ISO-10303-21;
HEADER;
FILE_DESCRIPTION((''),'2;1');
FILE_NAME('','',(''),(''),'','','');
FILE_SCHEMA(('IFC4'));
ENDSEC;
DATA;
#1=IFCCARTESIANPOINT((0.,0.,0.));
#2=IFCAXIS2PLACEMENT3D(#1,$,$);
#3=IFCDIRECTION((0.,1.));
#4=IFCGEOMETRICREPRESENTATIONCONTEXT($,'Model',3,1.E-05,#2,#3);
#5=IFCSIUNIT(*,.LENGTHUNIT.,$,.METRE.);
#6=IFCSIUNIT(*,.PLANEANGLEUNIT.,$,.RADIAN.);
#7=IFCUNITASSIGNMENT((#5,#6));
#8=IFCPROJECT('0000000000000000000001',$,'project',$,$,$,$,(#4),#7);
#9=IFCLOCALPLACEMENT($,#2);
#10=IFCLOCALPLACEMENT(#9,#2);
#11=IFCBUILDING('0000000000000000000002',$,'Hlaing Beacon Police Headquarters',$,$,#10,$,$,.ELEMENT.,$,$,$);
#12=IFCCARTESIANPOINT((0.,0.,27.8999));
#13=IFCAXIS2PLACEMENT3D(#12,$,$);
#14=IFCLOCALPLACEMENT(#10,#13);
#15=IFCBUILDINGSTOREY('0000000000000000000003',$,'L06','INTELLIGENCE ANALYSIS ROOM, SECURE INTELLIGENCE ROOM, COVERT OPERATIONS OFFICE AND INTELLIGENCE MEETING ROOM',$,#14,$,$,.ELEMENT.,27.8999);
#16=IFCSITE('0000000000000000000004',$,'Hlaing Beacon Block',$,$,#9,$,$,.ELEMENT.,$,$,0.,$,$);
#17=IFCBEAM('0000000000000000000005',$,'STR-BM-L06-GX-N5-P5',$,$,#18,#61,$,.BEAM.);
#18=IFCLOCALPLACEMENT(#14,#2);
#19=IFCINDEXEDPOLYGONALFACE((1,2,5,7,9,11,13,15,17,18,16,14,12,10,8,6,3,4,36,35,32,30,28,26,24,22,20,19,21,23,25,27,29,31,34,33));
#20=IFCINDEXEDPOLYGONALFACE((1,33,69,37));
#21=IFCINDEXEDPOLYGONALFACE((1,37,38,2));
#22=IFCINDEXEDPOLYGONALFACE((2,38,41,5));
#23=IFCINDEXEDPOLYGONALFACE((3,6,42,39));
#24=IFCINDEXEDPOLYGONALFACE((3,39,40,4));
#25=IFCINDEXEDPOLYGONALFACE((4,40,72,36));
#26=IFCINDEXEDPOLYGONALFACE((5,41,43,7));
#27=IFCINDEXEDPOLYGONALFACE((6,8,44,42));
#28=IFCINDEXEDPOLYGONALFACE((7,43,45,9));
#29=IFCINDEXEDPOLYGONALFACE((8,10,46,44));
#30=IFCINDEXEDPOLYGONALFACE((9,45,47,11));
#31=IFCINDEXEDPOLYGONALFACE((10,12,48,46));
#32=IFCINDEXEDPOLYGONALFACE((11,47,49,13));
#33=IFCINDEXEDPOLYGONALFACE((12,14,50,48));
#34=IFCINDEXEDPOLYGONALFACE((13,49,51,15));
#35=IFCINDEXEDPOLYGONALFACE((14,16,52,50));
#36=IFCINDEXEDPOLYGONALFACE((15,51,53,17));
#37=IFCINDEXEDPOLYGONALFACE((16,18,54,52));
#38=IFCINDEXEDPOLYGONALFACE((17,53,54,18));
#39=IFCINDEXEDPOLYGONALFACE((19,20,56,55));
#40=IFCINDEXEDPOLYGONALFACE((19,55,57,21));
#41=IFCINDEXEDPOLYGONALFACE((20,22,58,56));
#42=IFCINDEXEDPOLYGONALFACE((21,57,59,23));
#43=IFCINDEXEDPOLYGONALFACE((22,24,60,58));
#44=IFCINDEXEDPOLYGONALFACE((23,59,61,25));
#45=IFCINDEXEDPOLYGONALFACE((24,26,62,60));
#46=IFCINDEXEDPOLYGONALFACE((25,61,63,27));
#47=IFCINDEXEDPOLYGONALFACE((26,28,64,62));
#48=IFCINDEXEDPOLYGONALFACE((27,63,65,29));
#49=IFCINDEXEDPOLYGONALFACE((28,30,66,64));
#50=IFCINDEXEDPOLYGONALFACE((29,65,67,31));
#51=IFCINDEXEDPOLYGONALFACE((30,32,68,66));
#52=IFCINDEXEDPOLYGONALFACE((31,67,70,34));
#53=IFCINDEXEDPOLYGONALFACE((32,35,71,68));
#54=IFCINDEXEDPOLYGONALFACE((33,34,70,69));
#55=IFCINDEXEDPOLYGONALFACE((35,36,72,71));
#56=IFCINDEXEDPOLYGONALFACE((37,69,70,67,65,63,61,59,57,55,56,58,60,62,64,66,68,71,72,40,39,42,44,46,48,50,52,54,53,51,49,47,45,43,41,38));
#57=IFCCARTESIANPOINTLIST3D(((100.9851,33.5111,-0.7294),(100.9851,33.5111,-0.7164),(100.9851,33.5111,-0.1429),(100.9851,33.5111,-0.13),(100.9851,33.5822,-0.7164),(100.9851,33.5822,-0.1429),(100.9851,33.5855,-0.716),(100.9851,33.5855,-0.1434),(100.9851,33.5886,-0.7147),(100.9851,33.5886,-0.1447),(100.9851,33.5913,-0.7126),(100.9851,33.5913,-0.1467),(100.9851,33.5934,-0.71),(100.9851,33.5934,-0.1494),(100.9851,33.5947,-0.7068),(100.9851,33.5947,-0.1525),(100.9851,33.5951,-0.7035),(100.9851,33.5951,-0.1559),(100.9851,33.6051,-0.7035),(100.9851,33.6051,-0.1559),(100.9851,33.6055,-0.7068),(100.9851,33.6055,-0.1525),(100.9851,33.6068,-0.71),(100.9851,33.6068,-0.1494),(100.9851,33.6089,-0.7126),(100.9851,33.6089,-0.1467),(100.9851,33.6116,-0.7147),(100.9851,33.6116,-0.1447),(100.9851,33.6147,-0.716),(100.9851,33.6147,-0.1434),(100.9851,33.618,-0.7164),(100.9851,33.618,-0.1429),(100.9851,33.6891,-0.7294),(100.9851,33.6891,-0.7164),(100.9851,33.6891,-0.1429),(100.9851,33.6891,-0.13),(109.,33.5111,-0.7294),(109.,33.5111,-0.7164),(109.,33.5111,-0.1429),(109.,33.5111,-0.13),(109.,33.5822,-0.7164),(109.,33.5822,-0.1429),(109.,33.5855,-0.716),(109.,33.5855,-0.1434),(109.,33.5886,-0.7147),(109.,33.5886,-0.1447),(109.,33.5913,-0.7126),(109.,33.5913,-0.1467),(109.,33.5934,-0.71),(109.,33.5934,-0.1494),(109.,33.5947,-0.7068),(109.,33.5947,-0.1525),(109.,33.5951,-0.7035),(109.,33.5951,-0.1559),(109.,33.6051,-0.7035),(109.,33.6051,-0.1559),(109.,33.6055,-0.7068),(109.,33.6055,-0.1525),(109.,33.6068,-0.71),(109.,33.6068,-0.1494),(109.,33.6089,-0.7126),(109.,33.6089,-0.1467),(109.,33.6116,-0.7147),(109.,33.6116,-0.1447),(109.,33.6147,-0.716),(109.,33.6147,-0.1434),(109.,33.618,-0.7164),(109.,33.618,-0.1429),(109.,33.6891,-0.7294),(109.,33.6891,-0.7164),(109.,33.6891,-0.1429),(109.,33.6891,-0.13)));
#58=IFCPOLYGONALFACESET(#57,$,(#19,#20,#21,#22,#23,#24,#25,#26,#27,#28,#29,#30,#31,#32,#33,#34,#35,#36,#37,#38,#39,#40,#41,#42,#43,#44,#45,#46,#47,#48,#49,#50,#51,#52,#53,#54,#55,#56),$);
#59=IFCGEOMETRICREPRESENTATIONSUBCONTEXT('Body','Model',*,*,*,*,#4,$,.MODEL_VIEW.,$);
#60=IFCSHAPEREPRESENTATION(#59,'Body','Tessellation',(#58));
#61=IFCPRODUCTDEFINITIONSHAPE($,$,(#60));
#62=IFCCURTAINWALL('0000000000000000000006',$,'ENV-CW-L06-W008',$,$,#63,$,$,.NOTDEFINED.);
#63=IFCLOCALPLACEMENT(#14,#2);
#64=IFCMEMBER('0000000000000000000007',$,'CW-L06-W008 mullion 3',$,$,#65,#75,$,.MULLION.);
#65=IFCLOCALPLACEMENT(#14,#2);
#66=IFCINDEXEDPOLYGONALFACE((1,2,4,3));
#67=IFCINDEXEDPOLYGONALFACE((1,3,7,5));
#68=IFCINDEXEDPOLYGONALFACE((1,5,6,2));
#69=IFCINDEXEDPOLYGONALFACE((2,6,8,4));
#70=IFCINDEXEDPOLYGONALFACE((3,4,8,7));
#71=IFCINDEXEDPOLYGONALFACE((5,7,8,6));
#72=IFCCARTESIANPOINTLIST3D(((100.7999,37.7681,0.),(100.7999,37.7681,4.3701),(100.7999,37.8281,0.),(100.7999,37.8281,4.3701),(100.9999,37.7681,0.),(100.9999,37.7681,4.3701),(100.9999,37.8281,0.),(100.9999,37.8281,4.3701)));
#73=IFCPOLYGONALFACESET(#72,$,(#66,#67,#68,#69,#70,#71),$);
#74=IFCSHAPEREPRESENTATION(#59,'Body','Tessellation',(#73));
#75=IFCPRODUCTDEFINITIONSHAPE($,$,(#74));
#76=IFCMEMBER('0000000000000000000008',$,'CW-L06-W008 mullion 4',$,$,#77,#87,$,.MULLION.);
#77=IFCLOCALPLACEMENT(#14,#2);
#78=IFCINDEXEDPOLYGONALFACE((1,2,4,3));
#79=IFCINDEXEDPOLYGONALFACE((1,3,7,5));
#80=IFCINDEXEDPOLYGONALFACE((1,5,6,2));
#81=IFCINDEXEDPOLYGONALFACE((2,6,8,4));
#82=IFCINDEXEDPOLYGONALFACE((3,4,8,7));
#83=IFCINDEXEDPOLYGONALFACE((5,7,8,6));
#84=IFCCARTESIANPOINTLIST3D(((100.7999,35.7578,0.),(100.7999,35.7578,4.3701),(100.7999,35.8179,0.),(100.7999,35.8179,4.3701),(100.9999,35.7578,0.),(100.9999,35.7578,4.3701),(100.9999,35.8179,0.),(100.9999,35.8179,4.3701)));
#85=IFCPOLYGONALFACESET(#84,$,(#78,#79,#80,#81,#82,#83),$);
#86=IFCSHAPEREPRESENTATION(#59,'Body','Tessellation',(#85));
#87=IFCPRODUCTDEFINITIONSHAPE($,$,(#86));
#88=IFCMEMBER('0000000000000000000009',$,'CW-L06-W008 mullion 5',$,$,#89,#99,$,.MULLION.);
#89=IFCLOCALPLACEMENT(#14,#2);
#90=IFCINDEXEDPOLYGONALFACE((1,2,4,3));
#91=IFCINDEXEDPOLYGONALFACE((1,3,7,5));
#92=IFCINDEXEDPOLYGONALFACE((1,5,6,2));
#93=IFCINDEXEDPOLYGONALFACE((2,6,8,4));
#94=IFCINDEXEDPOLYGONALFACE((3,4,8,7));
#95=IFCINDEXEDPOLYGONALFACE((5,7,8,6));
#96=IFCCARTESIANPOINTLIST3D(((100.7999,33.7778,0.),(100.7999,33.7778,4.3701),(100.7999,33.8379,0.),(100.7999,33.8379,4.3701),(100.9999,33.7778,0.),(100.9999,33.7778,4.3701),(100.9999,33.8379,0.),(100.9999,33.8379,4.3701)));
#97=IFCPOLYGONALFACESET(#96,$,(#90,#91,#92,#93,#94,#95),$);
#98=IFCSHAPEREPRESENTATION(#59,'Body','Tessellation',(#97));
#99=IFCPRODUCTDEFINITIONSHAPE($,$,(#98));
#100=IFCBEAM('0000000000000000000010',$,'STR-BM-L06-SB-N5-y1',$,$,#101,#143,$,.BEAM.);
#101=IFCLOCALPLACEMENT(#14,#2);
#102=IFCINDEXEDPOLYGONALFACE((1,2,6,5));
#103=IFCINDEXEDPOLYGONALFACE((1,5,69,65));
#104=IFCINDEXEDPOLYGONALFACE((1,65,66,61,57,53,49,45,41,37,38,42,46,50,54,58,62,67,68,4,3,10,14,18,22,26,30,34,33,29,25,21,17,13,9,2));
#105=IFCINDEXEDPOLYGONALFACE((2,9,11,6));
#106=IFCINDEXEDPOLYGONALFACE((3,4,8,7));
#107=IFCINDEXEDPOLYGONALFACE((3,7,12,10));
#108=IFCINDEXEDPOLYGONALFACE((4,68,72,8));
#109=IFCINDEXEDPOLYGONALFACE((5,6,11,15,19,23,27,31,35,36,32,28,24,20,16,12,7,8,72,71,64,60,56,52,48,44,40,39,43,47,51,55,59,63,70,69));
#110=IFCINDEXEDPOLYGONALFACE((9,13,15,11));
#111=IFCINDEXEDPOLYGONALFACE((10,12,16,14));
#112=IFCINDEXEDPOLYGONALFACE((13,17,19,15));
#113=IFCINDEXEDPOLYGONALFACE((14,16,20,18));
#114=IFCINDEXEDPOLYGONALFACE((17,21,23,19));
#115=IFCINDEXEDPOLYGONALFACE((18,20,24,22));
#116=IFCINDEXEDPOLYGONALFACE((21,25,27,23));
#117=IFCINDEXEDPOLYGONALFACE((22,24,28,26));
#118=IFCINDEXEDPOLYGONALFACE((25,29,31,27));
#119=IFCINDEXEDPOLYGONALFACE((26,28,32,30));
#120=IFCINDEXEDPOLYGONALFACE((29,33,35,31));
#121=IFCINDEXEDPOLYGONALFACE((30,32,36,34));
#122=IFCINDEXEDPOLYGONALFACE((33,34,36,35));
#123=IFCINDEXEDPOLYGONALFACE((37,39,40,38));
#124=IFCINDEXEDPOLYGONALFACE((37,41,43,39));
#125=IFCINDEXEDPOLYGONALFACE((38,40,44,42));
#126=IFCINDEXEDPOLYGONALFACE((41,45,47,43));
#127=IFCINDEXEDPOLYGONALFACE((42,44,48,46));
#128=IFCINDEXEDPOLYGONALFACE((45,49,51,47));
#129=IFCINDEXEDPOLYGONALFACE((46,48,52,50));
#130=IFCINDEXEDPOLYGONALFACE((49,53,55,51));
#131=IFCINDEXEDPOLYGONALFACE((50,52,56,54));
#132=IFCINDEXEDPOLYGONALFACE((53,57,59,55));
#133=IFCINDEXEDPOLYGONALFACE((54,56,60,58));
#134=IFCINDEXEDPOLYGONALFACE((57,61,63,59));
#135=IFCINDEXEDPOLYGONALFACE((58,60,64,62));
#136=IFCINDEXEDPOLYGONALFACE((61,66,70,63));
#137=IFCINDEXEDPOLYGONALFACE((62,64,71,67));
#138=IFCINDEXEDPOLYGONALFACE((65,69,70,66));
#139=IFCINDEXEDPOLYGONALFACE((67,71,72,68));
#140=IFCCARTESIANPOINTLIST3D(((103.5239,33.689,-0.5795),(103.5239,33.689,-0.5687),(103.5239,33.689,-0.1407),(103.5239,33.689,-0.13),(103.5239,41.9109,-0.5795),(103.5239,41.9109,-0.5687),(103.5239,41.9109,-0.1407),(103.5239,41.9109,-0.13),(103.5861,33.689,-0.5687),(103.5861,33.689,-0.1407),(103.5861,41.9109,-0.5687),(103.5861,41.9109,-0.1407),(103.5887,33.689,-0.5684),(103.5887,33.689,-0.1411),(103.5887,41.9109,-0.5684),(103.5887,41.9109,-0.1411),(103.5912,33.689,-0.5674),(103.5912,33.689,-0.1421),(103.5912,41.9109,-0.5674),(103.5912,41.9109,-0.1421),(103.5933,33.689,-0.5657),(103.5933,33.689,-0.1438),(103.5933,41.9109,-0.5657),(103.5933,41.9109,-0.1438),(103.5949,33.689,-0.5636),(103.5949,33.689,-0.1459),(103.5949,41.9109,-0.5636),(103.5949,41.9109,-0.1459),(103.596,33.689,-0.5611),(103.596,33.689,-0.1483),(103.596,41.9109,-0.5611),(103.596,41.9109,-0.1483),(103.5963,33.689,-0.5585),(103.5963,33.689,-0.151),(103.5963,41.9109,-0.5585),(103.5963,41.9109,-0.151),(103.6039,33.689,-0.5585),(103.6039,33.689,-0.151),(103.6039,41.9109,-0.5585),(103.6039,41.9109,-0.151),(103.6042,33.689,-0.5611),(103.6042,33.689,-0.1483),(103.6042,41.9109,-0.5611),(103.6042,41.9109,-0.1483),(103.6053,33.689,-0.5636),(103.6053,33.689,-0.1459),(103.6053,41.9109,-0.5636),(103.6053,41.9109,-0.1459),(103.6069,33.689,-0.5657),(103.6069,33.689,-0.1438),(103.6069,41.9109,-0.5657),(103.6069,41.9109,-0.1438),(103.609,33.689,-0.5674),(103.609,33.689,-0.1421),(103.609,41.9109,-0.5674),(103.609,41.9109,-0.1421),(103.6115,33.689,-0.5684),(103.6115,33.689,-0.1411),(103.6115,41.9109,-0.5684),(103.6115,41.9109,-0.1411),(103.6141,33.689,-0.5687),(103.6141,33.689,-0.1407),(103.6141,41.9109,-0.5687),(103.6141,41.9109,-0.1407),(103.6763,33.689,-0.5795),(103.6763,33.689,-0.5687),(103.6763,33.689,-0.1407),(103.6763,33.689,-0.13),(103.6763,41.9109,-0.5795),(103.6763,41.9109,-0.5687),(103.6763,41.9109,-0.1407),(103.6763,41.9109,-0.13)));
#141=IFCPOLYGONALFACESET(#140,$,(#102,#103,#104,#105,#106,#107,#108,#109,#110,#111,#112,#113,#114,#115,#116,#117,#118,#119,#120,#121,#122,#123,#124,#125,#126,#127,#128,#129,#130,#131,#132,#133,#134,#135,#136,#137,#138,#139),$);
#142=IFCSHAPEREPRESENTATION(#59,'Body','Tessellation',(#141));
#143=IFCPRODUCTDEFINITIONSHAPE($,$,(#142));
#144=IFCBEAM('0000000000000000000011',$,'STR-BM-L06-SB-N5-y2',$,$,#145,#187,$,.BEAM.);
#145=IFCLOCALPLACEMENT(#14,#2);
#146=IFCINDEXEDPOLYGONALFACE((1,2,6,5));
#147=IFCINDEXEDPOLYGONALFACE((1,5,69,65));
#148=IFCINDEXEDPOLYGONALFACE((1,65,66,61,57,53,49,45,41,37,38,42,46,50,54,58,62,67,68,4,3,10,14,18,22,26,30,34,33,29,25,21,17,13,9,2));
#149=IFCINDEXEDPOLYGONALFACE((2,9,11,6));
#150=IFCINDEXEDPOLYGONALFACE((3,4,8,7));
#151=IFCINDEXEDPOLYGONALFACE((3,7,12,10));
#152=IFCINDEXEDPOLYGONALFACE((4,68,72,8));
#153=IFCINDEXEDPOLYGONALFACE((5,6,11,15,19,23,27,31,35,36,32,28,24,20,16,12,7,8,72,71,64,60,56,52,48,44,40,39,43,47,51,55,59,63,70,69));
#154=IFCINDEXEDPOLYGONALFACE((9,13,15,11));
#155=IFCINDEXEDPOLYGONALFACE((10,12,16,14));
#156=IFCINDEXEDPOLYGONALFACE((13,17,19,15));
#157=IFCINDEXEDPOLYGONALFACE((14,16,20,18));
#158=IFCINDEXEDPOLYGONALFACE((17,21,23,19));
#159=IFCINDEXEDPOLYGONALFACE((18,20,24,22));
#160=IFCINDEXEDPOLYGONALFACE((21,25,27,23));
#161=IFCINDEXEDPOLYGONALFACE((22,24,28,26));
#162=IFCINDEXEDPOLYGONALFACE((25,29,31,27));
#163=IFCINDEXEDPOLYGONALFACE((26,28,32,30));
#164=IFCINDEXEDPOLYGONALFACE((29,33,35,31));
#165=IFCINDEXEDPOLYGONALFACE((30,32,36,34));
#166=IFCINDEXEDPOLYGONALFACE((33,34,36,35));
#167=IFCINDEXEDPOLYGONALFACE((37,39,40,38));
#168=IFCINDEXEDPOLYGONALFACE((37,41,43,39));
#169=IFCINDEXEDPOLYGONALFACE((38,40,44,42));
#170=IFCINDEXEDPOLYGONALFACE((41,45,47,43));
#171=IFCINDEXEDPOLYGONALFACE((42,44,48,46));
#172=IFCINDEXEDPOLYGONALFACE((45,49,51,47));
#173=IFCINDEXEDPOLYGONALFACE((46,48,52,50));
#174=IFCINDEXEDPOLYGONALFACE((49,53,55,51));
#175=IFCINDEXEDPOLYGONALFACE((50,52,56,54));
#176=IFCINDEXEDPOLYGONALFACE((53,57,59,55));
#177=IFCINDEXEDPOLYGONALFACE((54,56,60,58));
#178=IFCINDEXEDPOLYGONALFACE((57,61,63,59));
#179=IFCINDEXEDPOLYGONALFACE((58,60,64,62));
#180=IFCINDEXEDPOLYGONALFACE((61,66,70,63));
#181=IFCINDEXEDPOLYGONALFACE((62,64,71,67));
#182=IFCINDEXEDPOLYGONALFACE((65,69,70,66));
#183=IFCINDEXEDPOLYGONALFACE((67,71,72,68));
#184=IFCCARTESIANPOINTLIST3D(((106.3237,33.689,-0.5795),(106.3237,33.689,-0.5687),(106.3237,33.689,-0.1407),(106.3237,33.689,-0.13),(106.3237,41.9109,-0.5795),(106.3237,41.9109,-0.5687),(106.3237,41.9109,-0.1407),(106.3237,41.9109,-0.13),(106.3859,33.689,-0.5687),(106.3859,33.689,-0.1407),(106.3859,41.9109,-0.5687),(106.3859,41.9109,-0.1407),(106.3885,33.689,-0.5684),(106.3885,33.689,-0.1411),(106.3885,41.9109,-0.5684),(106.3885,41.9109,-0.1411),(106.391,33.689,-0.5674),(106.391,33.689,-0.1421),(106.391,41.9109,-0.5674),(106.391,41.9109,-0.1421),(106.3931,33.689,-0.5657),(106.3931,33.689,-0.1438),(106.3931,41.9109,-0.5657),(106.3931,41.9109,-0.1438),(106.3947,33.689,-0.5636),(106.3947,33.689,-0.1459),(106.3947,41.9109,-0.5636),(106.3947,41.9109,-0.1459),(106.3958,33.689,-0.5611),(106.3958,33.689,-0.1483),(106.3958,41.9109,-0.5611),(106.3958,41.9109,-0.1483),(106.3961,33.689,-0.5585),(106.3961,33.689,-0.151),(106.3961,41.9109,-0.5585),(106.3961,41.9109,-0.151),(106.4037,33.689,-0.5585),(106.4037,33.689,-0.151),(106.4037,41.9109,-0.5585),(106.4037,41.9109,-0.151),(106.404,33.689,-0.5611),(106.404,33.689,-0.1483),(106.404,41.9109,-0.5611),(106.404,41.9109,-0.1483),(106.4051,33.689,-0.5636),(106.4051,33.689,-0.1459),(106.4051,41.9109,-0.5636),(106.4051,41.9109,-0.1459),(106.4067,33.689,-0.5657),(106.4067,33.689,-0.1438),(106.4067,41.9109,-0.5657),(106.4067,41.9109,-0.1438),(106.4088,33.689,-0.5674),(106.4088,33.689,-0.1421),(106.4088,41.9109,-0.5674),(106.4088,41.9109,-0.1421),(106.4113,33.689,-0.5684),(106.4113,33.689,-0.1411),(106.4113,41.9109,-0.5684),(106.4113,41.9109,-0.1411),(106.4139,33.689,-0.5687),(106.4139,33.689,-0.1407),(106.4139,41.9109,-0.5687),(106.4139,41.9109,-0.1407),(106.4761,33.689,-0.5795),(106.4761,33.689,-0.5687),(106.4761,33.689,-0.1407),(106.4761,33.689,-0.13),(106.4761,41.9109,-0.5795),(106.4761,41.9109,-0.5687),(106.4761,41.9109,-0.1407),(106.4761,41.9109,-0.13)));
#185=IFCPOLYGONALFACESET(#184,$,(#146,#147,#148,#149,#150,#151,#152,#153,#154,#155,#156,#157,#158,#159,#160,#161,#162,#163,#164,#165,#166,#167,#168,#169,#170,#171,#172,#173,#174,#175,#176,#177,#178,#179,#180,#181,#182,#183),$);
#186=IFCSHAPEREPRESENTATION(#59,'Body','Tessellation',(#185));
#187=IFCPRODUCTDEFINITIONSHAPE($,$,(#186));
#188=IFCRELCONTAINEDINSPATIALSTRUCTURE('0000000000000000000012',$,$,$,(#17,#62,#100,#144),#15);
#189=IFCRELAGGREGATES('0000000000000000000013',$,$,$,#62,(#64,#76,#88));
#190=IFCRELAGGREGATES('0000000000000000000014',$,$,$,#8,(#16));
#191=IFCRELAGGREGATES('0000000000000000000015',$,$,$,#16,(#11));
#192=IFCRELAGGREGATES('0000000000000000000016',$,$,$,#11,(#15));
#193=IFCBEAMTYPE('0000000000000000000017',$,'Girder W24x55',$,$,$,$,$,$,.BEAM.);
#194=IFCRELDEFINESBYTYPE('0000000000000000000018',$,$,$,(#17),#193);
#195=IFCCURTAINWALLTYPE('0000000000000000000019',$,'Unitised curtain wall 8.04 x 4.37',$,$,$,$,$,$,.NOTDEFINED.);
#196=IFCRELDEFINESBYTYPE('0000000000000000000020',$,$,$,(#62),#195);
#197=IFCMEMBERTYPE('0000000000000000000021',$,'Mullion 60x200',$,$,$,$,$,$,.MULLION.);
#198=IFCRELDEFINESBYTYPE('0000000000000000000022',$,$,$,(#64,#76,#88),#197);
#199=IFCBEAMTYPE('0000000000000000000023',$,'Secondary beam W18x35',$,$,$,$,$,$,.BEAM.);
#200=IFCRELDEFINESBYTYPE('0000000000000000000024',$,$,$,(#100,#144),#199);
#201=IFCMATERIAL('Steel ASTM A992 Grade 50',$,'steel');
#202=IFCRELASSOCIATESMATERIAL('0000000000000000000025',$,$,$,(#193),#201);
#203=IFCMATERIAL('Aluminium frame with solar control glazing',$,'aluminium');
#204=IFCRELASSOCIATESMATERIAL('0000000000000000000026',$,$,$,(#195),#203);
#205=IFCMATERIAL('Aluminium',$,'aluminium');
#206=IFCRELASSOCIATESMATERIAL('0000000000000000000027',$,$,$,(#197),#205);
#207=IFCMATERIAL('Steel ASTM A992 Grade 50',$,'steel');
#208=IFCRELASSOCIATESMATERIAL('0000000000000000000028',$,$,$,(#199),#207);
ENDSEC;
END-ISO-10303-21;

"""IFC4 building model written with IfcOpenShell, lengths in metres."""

from ifc_helpers import new_model, si_unit, direction, frame, origin, origin_2d, place, context, subcontext, project, spatial, rectangle, i_section, extrude, material, material_profile, profile_set, type_object, element, aggregate, save


model = new_model("IFC4")

# Units and contexts
model_context = context("Model", 3, precision=1e-05, world=origin(), true_north=direction((0.0, 1.0)))
body_context = subcontext(model_context, "Body", "Model", "MODEL_VIEW")
ifc_project = project(units=[si_unit("LENGTHUNIT", "METRE"), si_unit("PLANEANGLEUNIT", "RADIAN")], contexts=[model_context])

# Site, building, storey
site_placement = place(None, origin())
site = spatial("IfcSite", under=ifc_project, at=site_placement, Name="Hlaing Beacon Block", CompositionType="ELEMENT", RefElevation=0.0)
building_placement = place(site_placement, origin())
building = spatial("IfcBuilding", under=site, at=building_placement, Name="Hlaing Beacon Police Headquarters", CompositionType="ELEMENT")
storey_placement = place(building_placement, frame((0.0, 0.0, 27.8999)))
storey = spatial("IfcBuildingStorey", under=building, at=storey_placement, Name="L06", Description="INTELLIGENCE ANALYSIS ROOM, SECURE INTELLIGENCE ROOM, COVERT OPERATIONS OFFICE AND INTELLIGENCE MEETING ROOM", CompositionType="ELEMENT", Elevation=27.8999)

# Beam
ifc_material_1 = material(Name="Steel ASTM A992 Grade 50", Category="steel")
ifc_material_profile_1 = material_profile(ifc_material_1, i_section(OverallWidth=0.178, OverallDepth=0.5994, WebThickness=0.01, FlangeThickness=0.0129, FilletRadius=0.0129, at=origin_2d()), Name="W24x55")
ifc_profile_set_1 = profile_set([ifc_material_profile_1], Name="Steel ASTM A992 Grade 50")
beam_type_1 = type_object("IfcBeamType", Name="Girder W24x55", PredefinedType="BEAM", material=ifc_profile_set_1)
beam_placement = place(storey_placement, frame((100.9851, 33.6001, -0.4297), z_axis=(1.0, 0.0, 0.0), x_axis=(0.0, 1.0, 0.0)))
element("IfcBeam", 1, at=beam_placement, inside=storey, type_object=beam_type_1, Name="STR-BM-L06-GX-N5-P5", PredefinedType="BEAM", context=body_context, shape_type="SweptSolid", body=[
    extrude(i_section(OverallWidth=0.178, OverallDepth=0.5994, WebThickness=0.01, FlangeThickness=0.0129, FilletRadius=0.0129, at=origin_2d()), origin(), (0.0, 0.0, 1.0), 8.0149),
])

# Curtain wall, members
ifc_material_2 = material(Name="Aluminium frame with solar control glazing", Category="aluminium")
curtain_wall_type = type_object("IfcCurtainWallType", Name="Unitised curtain wall 8.04 x 4.37", PredefinedType="NOTDEFINED", material=ifc_material_2)
curtain_wall_placement = place(storey_placement, origin())
curtain_wall = element("IfcCurtainWall", 2, at=curtain_wall_placement, inside=storey, type_object=curtain_wall_type, Name="ENV-CW-L06-W008", PredefinedType="NOTDEFINED")
ifc_material_3 = material(Name="Aluminium", Category="aluminium")
ifc_material_profile_2 = material_profile(ifc_material_3, rectangle(XDim=0.2, YDim=0.0601, at=origin_2d()), Name="Mullion 60x200")
ifc_profile_set_2 = profile_set([ifc_material_profile_2], Name="Aluminium")
member_type_1 = type_object("IfcMemberType", Name="Mullion 60x200", PredefinedType="MULLION", material=ifc_profile_set_2)
member_1_placement = place(storey_placement, frame((100.8999, 37.7981, 0.0), z_axis=(0.0, 0.0, 1.0), x_axis=(1.0, 0.0, 0.0)))
member_1 = element("IfcMember", 3, at=member_1_placement, type_object=member_type_1, Name="CW-L06-W008 mullion 3", PredefinedType="MULLION", context=body_context, shape_type="SweptSolid", body=[
    extrude(rectangle(XDim=0.2, YDim=0.0601, at=origin_2d()), origin(), (0.0, 0.0, 1.0), 4.3701),
])
member_2_placement = place(storey_placement, frame((100.8999, 35.7878, 0.0), z_axis=(0.0, 0.0, 1.0), x_axis=(1.0, 0.0, 0.0)))
member_2 = element("IfcMember", 4, at=member_2_placement, type_object=member_type_1, Name="CW-L06-W008 mullion 4", PredefinedType="MULLION", context=body_context, shape_type="SweptSolid", body=[
    extrude(rectangle(XDim=0.2, YDim=0.0601, at=origin_2d()), origin(), (0.0, 0.0, 1.0), 4.3701),
])
member_3_placement = place(storey_placement, frame((100.8999, 33.8079, 0.0), z_axis=(0.0, 0.0, 1.0), x_axis=(1.0, 0.0, 0.0)))
member_3 = element("IfcMember", 5, at=member_3_placement, type_object=member_type_1, Name="CW-L06-W008 mullion 5", PredefinedType="MULLION", context=body_context, shape_type="SweptSolid", body=[
    extrude(rectangle(XDim=0.2, YDim=0.0601, at=origin_2d()), origin(), (0.0, 0.0, 1.0), 4.3701),
])

# Beams
ifc_material_4 = material(Name="Steel ASTM A992 Grade 50", Category="steel")
ifc_material_profile_3 = material_profile(ifc_material_4, i_section(OverallWidth=0.1523, OverallDepth=0.4495, WebThickness=0.0076, FlangeThickness=0.0107, FilletRadius=0.0103, at=origin_2d()), Name="W18x35")
ifc_profile_set_3 = profile_set([ifc_material_profile_3], Name="Steel ASTM A992 Grade 50")
beam_type_2 = type_object("IfcBeamType", Name="Secondary beam W18x35", PredefinedType="BEAM", material=ifc_profile_set_3)
for number, where, z_axis, x_axis, name in (
    (6, (103.6001, 33.689, -0.3547), (0.0, 1.0, 0.0), (-1.0, 0.0, 0.0), "STR-BM-L06-SB-N5-y1"),
    (7, (106.3999, 33.689, -0.3547), (0.0, 1.0, 0.0), (-1.0, 0.0, 0.0), "STR-BM-L06-SB-N5-y2"),
):
    element("IfcBeam", number, at=place(storey_placement, frame(where, z_axis=z_axis, x_axis=x_axis)), inside=storey, type_object=beam_type_2, Name=name, PredefinedType="BEAM", context=body_context, shape_type="SweptSolid", body=[
        extrude(i_section(OverallWidth=0.1523, OverallDepth=0.4495, WebThickness=0.0076, FlangeThickness=0.0107, FilletRadius=0.0103, at=origin_2d()), origin(), (0.0, 0.0, 1.0), 8.2219),
    ])

aggregate(curtain_wall, [member_1, member_2, member_3])

save(model, "model.ifc")
